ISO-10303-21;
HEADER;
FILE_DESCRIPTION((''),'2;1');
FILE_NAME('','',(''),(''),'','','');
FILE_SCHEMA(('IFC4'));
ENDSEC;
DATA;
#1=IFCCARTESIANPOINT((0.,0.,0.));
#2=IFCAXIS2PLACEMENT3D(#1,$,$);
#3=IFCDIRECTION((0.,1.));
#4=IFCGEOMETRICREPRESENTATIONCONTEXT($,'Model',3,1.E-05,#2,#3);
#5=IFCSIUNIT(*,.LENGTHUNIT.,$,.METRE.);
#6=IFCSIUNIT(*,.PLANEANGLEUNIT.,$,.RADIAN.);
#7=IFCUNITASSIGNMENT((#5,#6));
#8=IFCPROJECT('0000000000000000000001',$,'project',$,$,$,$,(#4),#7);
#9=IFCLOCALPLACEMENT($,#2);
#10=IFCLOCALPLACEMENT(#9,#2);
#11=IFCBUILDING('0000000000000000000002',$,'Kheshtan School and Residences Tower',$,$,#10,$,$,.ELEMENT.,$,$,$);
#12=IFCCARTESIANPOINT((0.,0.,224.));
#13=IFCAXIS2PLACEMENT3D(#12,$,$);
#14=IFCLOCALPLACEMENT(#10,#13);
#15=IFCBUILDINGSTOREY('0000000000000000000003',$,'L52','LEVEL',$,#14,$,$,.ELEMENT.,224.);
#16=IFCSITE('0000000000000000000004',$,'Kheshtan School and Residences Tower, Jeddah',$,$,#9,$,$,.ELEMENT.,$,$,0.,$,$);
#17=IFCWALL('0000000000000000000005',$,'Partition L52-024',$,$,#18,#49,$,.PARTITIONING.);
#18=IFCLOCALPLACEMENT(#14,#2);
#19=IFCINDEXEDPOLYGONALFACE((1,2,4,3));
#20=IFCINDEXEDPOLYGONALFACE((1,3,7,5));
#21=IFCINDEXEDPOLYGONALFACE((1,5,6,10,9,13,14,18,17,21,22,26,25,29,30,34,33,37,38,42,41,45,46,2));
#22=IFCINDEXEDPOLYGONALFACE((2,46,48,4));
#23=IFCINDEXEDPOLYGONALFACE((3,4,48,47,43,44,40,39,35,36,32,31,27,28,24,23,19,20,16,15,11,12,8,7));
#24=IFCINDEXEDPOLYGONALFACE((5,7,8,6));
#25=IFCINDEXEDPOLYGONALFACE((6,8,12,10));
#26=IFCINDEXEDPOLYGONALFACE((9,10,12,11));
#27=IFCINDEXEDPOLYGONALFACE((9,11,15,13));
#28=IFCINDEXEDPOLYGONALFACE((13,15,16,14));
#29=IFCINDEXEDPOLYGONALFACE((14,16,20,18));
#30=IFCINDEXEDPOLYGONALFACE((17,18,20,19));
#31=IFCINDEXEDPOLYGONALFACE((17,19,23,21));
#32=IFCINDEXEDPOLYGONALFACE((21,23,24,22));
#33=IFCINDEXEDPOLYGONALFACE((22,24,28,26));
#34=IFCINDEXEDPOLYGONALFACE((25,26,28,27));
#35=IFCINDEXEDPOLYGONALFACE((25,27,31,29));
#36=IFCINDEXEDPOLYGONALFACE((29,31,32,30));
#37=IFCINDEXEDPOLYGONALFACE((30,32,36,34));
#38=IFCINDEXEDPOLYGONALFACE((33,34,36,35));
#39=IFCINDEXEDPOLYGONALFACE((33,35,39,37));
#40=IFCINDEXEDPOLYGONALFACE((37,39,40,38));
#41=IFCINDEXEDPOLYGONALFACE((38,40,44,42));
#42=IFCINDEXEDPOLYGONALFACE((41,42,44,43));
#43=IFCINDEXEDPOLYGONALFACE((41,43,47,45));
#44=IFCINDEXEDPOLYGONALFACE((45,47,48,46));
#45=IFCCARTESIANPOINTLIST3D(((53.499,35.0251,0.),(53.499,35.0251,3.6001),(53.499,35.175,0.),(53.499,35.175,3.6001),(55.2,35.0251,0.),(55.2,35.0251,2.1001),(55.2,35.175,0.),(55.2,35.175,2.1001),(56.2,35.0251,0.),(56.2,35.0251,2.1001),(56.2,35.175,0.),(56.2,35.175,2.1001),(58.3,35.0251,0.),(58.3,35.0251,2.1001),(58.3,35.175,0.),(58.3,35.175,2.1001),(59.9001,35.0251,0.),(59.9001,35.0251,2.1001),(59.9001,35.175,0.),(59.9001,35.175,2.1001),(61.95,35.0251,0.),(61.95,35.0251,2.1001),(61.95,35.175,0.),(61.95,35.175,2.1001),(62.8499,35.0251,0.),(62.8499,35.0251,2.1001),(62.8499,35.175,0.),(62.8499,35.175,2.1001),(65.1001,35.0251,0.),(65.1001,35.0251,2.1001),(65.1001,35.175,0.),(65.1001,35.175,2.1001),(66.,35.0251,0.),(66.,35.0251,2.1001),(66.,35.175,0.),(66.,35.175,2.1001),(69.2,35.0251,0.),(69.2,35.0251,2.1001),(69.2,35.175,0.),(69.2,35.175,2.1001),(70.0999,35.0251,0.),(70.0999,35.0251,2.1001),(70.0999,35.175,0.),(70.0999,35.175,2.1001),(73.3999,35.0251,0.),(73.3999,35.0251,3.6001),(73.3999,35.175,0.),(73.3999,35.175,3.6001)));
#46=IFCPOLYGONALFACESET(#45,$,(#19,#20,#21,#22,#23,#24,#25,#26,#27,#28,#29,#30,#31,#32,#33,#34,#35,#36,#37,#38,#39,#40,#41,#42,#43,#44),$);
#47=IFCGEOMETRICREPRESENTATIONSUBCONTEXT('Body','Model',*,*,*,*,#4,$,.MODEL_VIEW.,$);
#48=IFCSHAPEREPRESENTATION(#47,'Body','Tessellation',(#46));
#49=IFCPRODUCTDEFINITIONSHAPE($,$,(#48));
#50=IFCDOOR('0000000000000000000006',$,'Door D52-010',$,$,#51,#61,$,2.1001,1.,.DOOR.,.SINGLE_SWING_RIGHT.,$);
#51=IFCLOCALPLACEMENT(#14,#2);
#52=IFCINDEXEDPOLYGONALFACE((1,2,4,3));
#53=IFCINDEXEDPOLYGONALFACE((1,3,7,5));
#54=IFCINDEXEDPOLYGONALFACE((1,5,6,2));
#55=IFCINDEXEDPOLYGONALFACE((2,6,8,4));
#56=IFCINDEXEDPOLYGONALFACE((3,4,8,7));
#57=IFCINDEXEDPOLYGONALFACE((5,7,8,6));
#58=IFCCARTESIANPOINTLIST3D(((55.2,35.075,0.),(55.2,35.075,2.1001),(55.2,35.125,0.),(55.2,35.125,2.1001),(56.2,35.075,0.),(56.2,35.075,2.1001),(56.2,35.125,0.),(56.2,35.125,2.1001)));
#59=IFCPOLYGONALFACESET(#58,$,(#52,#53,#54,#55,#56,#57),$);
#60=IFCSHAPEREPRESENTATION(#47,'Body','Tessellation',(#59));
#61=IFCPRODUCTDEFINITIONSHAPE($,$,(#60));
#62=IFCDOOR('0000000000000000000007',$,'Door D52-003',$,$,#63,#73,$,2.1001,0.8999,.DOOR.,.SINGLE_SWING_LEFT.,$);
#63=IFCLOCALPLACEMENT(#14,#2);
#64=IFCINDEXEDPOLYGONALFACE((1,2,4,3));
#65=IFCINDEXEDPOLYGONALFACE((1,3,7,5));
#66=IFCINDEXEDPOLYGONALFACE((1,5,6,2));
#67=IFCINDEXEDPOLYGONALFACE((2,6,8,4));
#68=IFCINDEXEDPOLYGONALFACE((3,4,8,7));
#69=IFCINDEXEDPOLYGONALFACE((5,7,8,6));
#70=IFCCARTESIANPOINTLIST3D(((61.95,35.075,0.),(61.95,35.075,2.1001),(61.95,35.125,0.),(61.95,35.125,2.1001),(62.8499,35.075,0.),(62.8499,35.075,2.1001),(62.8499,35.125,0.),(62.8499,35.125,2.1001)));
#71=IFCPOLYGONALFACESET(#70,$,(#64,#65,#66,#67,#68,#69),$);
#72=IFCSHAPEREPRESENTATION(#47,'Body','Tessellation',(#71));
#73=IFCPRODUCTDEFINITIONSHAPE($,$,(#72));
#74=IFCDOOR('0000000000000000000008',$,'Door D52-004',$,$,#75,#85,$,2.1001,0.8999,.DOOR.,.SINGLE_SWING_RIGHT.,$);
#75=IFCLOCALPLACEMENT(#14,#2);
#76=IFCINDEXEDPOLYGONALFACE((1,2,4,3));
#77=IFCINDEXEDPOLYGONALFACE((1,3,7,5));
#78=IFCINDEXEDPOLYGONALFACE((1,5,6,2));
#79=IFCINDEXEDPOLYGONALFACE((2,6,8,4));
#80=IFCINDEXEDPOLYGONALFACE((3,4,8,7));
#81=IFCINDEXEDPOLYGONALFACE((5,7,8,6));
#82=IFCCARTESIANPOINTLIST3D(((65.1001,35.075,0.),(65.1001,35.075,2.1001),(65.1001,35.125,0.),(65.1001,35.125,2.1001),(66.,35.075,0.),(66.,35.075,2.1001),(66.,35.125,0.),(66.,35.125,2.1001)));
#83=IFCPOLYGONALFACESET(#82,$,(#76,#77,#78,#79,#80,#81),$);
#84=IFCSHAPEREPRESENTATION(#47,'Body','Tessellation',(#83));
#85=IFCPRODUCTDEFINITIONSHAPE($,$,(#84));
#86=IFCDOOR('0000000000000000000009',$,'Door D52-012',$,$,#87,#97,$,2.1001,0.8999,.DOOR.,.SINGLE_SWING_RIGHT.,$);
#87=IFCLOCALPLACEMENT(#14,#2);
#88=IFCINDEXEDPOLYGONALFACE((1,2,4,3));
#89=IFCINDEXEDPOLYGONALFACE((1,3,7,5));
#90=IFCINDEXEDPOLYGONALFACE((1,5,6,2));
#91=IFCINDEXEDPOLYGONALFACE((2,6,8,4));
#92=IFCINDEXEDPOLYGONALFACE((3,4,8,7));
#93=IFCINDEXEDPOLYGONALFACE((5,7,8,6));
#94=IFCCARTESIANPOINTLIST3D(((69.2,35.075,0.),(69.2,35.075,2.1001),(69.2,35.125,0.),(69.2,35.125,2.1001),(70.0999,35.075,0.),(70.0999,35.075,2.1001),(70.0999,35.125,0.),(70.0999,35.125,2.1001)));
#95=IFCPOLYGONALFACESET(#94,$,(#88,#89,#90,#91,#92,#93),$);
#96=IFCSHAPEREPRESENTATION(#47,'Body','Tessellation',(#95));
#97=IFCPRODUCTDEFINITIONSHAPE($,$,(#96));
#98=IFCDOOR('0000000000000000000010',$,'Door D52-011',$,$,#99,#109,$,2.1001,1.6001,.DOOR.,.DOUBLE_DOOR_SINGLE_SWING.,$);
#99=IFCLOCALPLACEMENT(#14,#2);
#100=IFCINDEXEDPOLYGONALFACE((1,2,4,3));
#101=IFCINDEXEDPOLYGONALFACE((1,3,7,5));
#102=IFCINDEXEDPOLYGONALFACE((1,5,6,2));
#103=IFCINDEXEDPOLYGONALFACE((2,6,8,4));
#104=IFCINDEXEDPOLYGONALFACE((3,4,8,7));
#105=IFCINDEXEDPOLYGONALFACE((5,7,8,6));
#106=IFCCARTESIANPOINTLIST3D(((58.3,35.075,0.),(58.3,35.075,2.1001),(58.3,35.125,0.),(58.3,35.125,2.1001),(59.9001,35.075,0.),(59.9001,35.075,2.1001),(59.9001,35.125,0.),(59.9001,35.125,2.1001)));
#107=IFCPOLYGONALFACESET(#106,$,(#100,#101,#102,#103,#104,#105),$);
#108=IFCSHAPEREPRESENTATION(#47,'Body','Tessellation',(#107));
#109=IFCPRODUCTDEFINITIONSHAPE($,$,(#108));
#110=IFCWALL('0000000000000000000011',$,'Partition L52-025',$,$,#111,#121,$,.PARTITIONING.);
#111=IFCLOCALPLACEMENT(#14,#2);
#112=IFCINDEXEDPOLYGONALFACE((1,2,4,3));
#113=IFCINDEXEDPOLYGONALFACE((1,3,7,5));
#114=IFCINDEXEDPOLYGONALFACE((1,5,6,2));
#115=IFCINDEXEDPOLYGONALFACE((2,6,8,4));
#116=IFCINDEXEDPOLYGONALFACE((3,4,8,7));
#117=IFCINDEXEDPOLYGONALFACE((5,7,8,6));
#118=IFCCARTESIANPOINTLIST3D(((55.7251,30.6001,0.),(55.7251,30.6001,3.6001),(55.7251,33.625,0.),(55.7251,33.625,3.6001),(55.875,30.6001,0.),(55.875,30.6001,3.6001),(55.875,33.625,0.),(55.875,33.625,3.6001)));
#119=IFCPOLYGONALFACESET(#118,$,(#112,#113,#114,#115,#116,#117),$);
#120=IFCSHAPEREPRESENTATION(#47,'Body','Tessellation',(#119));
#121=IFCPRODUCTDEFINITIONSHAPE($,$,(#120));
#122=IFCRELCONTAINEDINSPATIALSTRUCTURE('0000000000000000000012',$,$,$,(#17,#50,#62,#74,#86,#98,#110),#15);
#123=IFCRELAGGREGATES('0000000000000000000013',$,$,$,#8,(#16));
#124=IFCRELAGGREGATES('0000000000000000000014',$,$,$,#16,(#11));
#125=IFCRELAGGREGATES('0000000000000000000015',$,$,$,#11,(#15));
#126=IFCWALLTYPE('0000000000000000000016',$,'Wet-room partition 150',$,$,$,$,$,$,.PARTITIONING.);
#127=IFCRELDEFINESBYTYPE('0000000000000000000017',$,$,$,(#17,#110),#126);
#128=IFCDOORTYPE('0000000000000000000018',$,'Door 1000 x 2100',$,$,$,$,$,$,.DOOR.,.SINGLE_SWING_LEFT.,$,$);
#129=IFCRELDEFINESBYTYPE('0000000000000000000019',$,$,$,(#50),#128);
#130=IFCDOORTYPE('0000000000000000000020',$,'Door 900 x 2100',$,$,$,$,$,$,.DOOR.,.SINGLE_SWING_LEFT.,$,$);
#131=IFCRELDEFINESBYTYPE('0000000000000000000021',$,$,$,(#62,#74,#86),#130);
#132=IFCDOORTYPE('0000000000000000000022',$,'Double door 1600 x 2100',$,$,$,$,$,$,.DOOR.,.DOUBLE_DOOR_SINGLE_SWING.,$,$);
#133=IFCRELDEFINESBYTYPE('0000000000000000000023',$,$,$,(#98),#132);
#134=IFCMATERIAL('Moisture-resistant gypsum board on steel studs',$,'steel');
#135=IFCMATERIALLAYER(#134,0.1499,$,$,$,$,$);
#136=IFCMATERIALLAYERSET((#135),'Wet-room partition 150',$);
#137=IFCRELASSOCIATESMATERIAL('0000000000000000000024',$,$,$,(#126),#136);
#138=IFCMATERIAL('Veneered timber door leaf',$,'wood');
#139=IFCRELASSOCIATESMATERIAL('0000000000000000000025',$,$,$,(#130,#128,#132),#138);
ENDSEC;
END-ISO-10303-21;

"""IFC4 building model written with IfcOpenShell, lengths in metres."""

from ifc_helpers import new_model, si_unit, direction, frame, frame_2d, origin, place, context, subcontext, project, spatial, rectangle, extrude, source, transform, mapped, material, layer, layer_set, type_object, element, fill, save


model = new_model("IFC4")

# Units and contexts
model_context = context("Model", 3, precision=1e-05, world=origin(), true_north=direction((0.0, 1.0)))
body_context = subcontext(model_context, "Body", "Model", "MODEL_VIEW")
ifc_project = project(units=[si_unit("LENGTHUNIT", "METRE"), si_unit("PLANEANGLEUNIT", "RADIAN")], contexts=[model_context])

# Site, building, storey
site_placement = place(None, origin())
site = spatial("IfcSite", under=ifc_project, at=site_placement, Name="Kheshtan School and Residences Tower, Jeddah", CompositionType="ELEMENT", RefElevation=0.0)
building_placement = place(site_placement, origin())
building = spatial("IfcBuilding", under=site, at=building_placement, Name="Kheshtan School and Residences Tower", CompositionType="ELEMENT")
storey_placement = place(building_placement, frame((0.0, 0.0, 224.0)))
storey = spatial("IfcBuildingStorey", under=building, at=storey_placement, Name="L52", Description="LEVEL", CompositionType="ELEMENT", Elevation=224.0)

# Wall, openings, doors
ifc_material_1 = material(Name="Moisture-resistant gypsum board on steel studs", Category="steel")
ifc_layer_1 = layer(ifc_material_1, 0.1499)
ifc_layer_set_1 = layer_set([ifc_layer_1], Name="Wet-room partition 150")
wall_type_1 = type_object("IfcWallType", Name="Wet-room partition 150", PredefinedType="PARTITIONING", material=ifc_layer_set_1)
ifc_material_2 = material(Name="Veneered timber door leaf", Category="wood")
door_type_1 = type_object("IfcDoorType", Name="Door 900 x 2100", OperationType="SINGLE_SWING_LEFT", PredefinedType="DOOR", material=ifc_material_2)
shared_shape_1 = source(origin(), body_context, "Body", "SweptSolid", [
    extrude(rectangle(XDim=0.8999, YDim=2.1001, at=frame_2d((0.45, 1.05))), frame((0.0, 0.0249, 0.0), z_axis=(0.0, -1.0, 0.0), x_axis=(1.0, 0.0, 0.0)), (0.0, 0.0, 1.0), 0.05),
])
wall_1_placement = place(storey_placement, frame((53.499, 35.1001, 0.0), z_axis=(0.0, 0.0, 1.0), x_axis=(1.0, 0.0, 0.0)))
wall_1 = element("IfcWall", 1, at=wall_1_placement, inside=storey, type_object=wall_type_1, Name="Partition L52-024", PredefinedType="PARTITIONING", context=body_context, shape_type="SweptSolid", body=[
    extrude(rectangle(XDim=19.9009, YDim=0.1499, at=frame_2d((9.9504, 0.0))), origin(), (0.0, 0.0, 1.0), 3.6001),
])
opening_1_placement = place(wall_1_placement, frame((8.4509, 0.0, 0.0)))
opening_1 = element("IfcOpeningElement", 2, at=opening_1_placement, cuts=wall_1, PredefinedType="OPENING", context=body_context, shape_type="SweptSolid", body=[
    extrude(rectangle(XDim=0.8999, YDim=2.1001, at=frame_2d((0.45, 1.05))), frame((0.0, 0.085, 0.0), z_axis=(0.0, -1.0, 0.0), x_axis=(1.0, 0.0, 0.0)), (0.0, 0.0, 1.0), 0.1699),
])
opening_2_placement = place(wall_1_placement, frame((11.6011, 0.0, 0.0)))
opening_2 = element("IfcOpeningElement", 3, at=opening_2_placement, cuts=wall_1, PredefinedType="OPENING", context=body_context, shape_type="SweptSolid", body=[
    extrude(rectangle(XDim=0.8999, YDim=2.1001, at=frame_2d((0.45, 1.05))), frame((0.0, 0.085, 0.0), z_axis=(0.0, -1.0, 0.0), x_axis=(1.0, 0.0, 0.0)), (0.0, 0.0, 1.0), 0.1699),
])
opening_3_placement = place(wall_1_placement, frame((1.7009, 0.0, 0.0)))
opening_3 = element("IfcOpeningElement", 4, at=opening_3_placement, cuts=wall_1, PredefinedType="OPENING", context=body_context, shape_type="SweptSolid", body=[
    extrude(rectangle(XDim=1.0, YDim=2.1001, at=frame_2d((0.5, 1.05))), frame((0.0, 0.085, 0.0), z_axis=(0.0, -1.0, 0.0), x_axis=(1.0, 0.0, 0.0)), (0.0, 0.0, 1.0), 0.1699),
])
opening_4_placement = place(wall_1_placement, frame((4.801, 0.0, 0.0)))
opening_4 = element("IfcOpeningElement", 5, at=opening_4_placement, cuts=wall_1, PredefinedType="OPENING", context=body_context, shape_type="SweptSolid", body=[
    extrude(rectangle(XDim=1.6001, YDim=2.1001, at=frame_2d((0.8, 1.05))), frame((0.0, 0.085, 0.0), z_axis=(0.0, -1.0, 0.0), x_axis=(1.0, 0.0, 0.0)), (0.0, 0.0, 1.0), 0.1699),
])
opening_5_placement = place(wall_1_placement, frame((15.7009, 0.0, 0.0)))
opening_5 = element("IfcOpeningElement", 6, at=opening_5_placement, cuts=wall_1, PredefinedType="OPENING", context=body_context, shape_type="SweptSolid", body=[
    extrude(rectangle(XDim=0.8999, YDim=2.1001, at=frame_2d((0.45, 1.05))), frame((0.0, 0.085, 0.0), z_axis=(0.0, -1.0, 0.0), x_axis=(1.0, 0.0, 0.0)), (0.0, 0.0, 1.0), 0.1699),
])
door_type_2 = type_object("IfcDoorType", Name="Door 1000 x 2100", OperationType="SINGLE_SWING_LEFT", PredefinedType="DOOR", material=ifc_material_2)
shared_shape_2 = source(origin(), body_context, "Body", "SweptSolid", [
    extrude(rectangle(XDim=1.0, YDim=2.1001, at=frame_2d((0.5, 1.05))), frame((0.0, 0.0249, 0.0), z_axis=(0.0, -1.0, 0.0), x_axis=(1.0, 0.0, 0.0)), (0.0, 0.0, 1.0), 0.05),
])
door_1_placement = place(opening_3_placement, origin())
door_1 = element("IfcDoor", 7, at=door_1_placement, inside=storey, type_object=door_type_2, Name="Door D52-010", OperationType="SINGLE_SWING_RIGHT", OverallHeight=2.1001, OverallWidth=1.0, PredefinedType="DOOR", context=body_context, shape_type="MappedRepresentation", body=[
    mapped(shared_shape_2, transform((0.0, 0.0, 0.0), x_axis=(1.0, 0.0, 0.0), y_axis=(0.0, 1.0, 0.0), z_axis=(0.0, 0.0, 1.0), scale=1.0)),
])
fill(opening_3, door_1)
door_2_placement = place(opening_1_placement, origin())
door_2 = element("IfcDoor", 8, at=door_2_placement, inside=storey, type_object=door_type_1, Name="Door D52-003", OperationType="SINGLE_SWING_LEFT", OverallHeight=2.1001, OverallWidth=0.8999, PredefinedType="DOOR", context=body_context, shape_type="MappedRepresentation", body=[
    mapped(shared_shape_1, transform((0.0, 0.0, 0.0), x_axis=(1.0, 0.0, 0.0), y_axis=(0.0, 1.0, 0.0), z_axis=(0.0, 0.0, 1.0), scale=1.0)),
])
fill(opening_1, door_2)
door_3_placement = place(opening_2_placement, origin())
door_3 = element("IfcDoor", 9, at=door_3_placement, inside=storey, type_object=door_type_1, Name="Door D52-004", OperationType="SINGLE_SWING_RIGHT", OverallHeight=2.1001, OverallWidth=0.8999, PredefinedType="DOOR", context=body_context, shape_type="MappedRepresentation", body=[
    mapped(shared_shape_1, transform((0.0, 0.0, 0.0), x_axis=(1.0, 0.0, 0.0), y_axis=(0.0, 1.0, 0.0), z_axis=(0.0, 0.0, 1.0), scale=1.0)),
])
fill(opening_2, door_3)
door_4_placement = place(opening_5_placement, origin())
door_4 = element("IfcDoor", 10, at=door_4_placement, inside=storey, type_object=door_type_1, Name="Door D52-012", OperationType="SINGLE_SWING_RIGHT", OverallHeight=2.1001, OverallWidth=0.8999, PredefinedType="DOOR", context=body_context, shape_type="MappedRepresentation", body=[
    mapped(shared_shape_1, transform((0.0, 0.0, 0.0), x_axis=(1.0, 0.0, 0.0), y_axis=(0.0, 1.0, 0.0), z_axis=(0.0, 0.0, 1.0), scale=1.0)),
])
fill(opening_5, door_4)
door_type_3 = type_object("IfcDoorType", Name="Double door 1600 x 2100", OperationType="DOUBLE_DOOR_SINGLE_SWING", PredefinedType="DOOR", material=ifc_material_2)
shared_shape_3 = source(origin(), body_context, "Body", "SweptSolid", [
    extrude(rectangle(XDim=1.6001, YDim=2.1001, at=frame_2d((0.8, 1.05))), frame((0.0, 0.0249, 0.0), z_axis=(0.0, -1.0, 0.0), x_axis=(1.0, 0.0, 0.0)), (0.0, 0.0, 1.0), 0.05),
])
door_5_placement = place(opening_4_placement, origin())
door_5 = element("IfcDoor", 11, at=door_5_placement, inside=storey, type_object=door_type_3, Name="Door D52-011", OperationType="DOUBLE_DOOR_SINGLE_SWING", OverallHeight=2.1001, OverallWidth=1.6001, PredefinedType="DOOR", context=body_context, shape_type="MappedRepresentation", body=[
    mapped(shared_shape_3, transform((0.0, 0.0, 0.0), x_axis=(1.0, 0.0, 0.0), y_axis=(0.0, 1.0, 0.0), z_axis=(0.0, 0.0, 1.0), scale=1.0)),
])
fill(opening_4, door_5)

# Wall
wall_2_placement = place(storey_placement, frame((55.8, 30.6001, 0.0), z_axis=(0.0, 0.0, 1.0), x_axis=(0.0, 1.0, 0.0)))
element("IfcWall", 12, at=wall_2_placement, inside=storey, type_object=wall_type_1, Name="Partition L52-025", PredefinedType="PARTITIONING", context=body_context, shape_type="SweptSolid", body=[
    extrude(rectangle(XDim=3.0249, YDim=0.1499, at=frame_2d((1.5125, 0.0))), origin(), (0.0, 0.0, 1.0), 3.6001),
])

save(model, "model.ifc")
